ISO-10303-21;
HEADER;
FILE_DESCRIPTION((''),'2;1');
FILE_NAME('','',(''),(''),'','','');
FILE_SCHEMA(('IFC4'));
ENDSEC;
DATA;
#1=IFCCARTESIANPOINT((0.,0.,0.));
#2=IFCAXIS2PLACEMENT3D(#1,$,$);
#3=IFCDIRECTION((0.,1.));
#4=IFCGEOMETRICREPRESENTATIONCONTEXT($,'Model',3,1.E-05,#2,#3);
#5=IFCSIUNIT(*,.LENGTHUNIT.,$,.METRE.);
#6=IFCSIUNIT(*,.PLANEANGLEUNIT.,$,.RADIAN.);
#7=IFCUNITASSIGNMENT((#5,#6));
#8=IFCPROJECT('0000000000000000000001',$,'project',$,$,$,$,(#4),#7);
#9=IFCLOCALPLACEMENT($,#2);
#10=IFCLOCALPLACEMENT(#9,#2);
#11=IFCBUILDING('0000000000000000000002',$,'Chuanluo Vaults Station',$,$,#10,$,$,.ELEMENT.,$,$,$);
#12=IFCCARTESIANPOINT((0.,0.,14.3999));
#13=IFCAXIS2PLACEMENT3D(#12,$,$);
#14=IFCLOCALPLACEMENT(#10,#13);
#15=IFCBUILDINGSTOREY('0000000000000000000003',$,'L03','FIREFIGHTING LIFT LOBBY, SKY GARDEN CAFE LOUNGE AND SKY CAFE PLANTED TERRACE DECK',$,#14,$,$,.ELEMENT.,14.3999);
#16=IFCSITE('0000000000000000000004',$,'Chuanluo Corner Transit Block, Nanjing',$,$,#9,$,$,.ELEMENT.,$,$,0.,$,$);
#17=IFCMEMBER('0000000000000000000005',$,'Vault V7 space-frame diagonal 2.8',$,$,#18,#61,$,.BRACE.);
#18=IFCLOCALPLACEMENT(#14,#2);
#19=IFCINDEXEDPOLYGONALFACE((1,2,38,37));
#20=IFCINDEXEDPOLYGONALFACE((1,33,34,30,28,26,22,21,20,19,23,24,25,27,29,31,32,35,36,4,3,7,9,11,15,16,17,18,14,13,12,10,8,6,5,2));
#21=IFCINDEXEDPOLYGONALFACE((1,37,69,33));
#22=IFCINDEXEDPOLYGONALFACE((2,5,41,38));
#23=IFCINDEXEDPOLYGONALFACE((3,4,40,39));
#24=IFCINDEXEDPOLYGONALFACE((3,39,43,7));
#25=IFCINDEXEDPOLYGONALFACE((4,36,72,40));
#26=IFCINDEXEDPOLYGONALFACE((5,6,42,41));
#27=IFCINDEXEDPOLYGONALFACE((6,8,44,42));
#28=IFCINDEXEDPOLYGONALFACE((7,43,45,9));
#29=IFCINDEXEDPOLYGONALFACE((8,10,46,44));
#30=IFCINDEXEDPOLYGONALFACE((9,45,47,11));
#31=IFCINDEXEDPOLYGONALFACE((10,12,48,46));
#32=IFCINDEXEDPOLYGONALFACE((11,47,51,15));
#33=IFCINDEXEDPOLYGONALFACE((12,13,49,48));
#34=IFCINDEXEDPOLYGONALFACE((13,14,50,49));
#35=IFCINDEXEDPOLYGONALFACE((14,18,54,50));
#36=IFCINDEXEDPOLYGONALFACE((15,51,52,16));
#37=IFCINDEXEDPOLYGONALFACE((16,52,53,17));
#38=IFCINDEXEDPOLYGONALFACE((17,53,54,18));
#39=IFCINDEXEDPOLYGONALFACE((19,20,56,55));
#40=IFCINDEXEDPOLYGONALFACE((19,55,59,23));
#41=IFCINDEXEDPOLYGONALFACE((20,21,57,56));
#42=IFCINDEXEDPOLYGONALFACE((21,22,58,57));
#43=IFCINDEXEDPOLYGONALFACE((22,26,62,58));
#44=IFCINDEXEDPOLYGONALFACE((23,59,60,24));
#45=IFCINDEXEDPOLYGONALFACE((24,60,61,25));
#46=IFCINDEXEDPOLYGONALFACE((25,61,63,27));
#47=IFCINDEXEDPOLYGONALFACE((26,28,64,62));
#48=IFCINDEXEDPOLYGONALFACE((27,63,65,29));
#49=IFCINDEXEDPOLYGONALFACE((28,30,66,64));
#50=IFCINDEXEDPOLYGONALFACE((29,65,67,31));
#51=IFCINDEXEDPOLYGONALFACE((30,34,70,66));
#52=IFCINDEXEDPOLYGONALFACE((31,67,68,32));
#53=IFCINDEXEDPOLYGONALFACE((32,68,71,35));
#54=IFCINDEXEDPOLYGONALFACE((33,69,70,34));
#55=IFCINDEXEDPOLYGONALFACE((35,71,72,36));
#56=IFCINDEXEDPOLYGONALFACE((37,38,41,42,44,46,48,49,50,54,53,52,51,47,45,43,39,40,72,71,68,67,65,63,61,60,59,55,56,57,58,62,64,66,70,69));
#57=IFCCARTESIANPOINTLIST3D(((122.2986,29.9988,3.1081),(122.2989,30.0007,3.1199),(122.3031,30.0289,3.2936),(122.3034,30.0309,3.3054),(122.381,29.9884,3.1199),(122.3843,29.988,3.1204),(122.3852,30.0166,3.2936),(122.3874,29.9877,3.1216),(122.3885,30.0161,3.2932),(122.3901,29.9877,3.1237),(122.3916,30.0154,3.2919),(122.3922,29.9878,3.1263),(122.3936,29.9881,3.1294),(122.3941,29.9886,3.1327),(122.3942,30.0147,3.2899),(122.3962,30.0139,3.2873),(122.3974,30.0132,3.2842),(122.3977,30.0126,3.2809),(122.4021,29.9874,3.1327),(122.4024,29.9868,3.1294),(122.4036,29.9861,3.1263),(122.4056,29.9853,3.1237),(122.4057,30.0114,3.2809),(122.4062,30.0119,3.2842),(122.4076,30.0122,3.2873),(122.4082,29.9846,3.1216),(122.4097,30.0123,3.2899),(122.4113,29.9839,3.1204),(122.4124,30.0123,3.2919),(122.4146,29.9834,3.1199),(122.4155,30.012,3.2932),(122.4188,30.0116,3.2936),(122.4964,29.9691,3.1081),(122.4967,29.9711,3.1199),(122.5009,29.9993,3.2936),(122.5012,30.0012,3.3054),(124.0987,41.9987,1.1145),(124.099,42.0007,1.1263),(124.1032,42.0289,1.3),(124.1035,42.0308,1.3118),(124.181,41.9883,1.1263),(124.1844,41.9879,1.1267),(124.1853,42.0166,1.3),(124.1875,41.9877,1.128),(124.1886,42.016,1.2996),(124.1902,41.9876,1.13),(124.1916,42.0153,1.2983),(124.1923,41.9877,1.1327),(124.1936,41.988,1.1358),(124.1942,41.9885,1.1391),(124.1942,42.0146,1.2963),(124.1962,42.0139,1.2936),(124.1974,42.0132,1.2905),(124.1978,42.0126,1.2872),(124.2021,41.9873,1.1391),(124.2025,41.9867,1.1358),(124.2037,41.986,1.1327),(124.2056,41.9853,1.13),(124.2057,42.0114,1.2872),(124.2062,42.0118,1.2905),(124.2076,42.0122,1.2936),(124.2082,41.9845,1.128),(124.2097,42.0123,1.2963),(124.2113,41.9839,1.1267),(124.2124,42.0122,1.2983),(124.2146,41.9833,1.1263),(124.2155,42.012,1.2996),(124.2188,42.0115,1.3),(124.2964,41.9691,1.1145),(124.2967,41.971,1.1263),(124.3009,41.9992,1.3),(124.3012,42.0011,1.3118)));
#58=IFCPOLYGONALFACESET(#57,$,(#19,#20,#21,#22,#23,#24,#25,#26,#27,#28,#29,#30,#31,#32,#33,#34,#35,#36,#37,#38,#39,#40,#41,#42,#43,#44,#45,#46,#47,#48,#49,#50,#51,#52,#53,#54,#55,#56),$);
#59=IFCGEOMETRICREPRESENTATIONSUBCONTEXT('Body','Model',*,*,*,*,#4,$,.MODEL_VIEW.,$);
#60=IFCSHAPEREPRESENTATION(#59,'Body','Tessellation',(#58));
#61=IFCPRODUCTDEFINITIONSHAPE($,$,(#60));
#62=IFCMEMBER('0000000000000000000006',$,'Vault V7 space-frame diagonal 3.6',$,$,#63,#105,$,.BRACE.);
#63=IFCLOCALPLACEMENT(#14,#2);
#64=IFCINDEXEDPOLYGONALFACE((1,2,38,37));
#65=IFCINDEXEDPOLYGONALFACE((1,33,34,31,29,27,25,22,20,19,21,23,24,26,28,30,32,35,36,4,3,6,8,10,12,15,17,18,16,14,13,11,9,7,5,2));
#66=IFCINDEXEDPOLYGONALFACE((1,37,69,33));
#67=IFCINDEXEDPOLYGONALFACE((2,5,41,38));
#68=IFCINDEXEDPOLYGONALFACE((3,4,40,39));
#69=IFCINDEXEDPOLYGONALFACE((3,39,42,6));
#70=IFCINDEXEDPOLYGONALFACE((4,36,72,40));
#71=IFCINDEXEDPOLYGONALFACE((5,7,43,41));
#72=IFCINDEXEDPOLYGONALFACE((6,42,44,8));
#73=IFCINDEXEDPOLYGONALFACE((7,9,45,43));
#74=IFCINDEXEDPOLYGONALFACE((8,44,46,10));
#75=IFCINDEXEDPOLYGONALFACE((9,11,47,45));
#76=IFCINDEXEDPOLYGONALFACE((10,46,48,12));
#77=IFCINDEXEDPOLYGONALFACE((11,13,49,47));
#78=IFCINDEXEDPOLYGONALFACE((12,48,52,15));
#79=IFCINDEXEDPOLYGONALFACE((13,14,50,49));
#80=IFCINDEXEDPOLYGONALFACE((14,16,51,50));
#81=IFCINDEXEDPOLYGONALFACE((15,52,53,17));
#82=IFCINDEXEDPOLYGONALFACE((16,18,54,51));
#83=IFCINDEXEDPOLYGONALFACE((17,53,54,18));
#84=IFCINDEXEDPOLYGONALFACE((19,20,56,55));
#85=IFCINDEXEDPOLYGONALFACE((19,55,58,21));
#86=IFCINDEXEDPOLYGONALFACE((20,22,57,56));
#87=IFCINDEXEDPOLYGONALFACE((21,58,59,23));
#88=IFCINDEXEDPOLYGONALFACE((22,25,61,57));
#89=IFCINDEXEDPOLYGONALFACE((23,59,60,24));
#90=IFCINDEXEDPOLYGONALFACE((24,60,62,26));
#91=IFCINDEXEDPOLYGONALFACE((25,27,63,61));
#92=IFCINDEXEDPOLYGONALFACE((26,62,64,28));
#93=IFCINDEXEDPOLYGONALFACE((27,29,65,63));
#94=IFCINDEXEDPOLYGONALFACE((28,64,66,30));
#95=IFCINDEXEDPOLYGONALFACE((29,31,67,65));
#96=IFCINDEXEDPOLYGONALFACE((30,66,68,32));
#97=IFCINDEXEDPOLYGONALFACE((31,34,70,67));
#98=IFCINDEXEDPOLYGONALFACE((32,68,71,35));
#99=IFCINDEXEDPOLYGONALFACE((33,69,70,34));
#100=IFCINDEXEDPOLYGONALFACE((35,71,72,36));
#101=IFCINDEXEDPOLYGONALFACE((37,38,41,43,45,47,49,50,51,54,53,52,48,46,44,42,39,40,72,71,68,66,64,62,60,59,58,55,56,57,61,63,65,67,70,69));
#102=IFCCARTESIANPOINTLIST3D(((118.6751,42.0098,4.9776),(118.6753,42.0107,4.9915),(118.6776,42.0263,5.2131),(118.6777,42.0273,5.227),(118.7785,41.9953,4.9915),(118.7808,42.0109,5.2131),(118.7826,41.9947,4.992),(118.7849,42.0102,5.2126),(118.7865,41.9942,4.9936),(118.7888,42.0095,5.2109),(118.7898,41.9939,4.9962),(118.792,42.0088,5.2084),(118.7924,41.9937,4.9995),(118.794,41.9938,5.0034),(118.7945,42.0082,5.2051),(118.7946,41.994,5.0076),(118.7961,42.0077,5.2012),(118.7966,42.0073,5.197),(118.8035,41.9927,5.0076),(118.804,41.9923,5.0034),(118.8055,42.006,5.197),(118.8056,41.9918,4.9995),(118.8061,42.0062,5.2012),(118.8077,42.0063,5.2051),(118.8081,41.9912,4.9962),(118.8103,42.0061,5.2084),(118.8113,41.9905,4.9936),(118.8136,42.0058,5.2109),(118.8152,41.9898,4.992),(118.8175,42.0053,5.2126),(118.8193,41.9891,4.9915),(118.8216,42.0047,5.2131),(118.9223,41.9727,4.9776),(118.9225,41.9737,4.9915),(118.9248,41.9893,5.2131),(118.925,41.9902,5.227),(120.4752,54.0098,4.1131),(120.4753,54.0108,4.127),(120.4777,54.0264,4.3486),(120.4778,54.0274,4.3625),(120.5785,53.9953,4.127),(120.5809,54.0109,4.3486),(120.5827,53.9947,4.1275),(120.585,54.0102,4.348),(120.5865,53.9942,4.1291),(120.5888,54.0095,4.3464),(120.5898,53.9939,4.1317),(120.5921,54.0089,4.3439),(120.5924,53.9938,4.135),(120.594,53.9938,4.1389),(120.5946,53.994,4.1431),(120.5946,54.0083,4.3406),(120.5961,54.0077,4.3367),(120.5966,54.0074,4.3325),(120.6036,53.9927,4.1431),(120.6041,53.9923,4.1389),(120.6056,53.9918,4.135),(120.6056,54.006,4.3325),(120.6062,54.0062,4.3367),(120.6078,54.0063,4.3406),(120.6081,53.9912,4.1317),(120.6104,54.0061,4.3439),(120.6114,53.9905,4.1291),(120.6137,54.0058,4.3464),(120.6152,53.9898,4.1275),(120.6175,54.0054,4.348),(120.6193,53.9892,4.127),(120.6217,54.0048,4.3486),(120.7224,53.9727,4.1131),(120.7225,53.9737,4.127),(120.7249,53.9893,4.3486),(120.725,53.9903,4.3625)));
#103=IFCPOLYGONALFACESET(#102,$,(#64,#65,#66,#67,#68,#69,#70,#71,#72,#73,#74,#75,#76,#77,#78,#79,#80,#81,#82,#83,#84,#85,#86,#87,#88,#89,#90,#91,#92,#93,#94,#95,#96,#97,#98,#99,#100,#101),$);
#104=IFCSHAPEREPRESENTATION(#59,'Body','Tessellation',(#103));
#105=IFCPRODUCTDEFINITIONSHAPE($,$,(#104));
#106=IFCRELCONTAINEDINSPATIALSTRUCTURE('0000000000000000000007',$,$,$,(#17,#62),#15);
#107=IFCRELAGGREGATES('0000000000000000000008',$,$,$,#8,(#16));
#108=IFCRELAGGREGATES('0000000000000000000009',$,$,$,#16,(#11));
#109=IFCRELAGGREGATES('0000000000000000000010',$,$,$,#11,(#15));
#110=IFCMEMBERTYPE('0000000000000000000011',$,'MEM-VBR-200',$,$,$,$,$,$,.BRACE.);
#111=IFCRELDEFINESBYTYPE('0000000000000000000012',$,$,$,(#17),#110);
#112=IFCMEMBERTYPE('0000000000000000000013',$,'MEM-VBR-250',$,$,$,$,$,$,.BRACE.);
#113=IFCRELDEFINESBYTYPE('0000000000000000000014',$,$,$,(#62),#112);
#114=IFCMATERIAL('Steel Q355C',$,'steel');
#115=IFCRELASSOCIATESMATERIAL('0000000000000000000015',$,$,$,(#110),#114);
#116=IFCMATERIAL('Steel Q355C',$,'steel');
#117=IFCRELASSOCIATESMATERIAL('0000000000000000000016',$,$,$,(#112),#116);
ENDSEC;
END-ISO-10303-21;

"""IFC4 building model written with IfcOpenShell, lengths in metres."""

from ifc_helpers import new_model, si_unit, direction, frame, origin, origin_2d, place, context, subcontext, project, spatial, i_section, extrude, material, material_profile, profile_set, type_object, element, save


model = new_model("IFC4")

# Units and contexts
model_context = context("Model", 3, precision=1e-05, world=origin(), true_north=direction((0.0, 1.0)))
body_context = subcontext(model_context, "Body", "Model", "MODEL_VIEW")
ifc_project = project(units=[si_unit("LENGTHUNIT", "METRE"), si_unit("PLANEANGLEUNIT", "RADIAN")], contexts=[model_context])

# Site, building, storey
site_placement = place(None, origin())
site = spatial("IfcSite", under=ifc_project, at=site_placement, Name="Chuanluo Corner Transit Block, Nanjing", CompositionType="ELEMENT", RefElevation=0.0)
building_placement = place(site_placement, origin())
building = spatial("IfcBuilding", under=site, at=building_placement, Name="Chuanluo Vaults Station", CompositionType="ELEMENT")
storey_placement = place(building_placement, frame((0.0, 0.0, 14.3999)))
storey = spatial("IfcBuildingStorey", under=building, at=storey_placement, Name="L03", Description="FIREFIGHTING LIFT LOBBY, SKY GARDEN CAFE LOUNGE AND SKY CAFE PLANTED TERRACE DECK", CompositionType="ELEMENT", Elevation=14.3999)

# Members
ifc_material_1 = material(Name="Steel Q355C", Category="steel")
ifc_material_profile_1 = material_profile(ifc_material_1, i_section(OverallWidth=0.2, OverallDepth=0.2, WebThickness=0.0081, FlangeThickness=0.012, FilletRadius=0.0129, at=origin_2d()))
ifc_profile_set_1 = profile_set([ifc_material_profile_1], Name="Steel Q355C")
member_type_1 = type_object("IfcMemberType", Name="MEM-VBR-200", PredefinedType="BRACE", material=ifc_profile_set_1)
member_1_placement = place(storey_placement, frame((122.3999, 30.0, 3.2068), z_axis=(0.146382, 0.975852, -0.162126), x_axis=(-0.988936, 0.148344, 0.0)))
element("IfcMember", 1, at=member_1_placement, inside=storey, type_object=member_type_1, Name="Vault V7 space-frame diagonal 2.8", PredefinedType="BRACE", context=body_context, shape_type="SweptSolid", body=[
    extrude(i_section(OverallWidth=0.2, OverallDepth=0.2, WebThickness=0.0081, FlangeThickness=0.012, FilletRadius=0.0129, at=origin_2d()), origin(), (0.0, 0.0, 1.0), 12.2969),
])
ifc_material_2 = material(Name="Steel Q355C", Category="steel")
ifc_material_profile_2 = material_profile(ifc_material_2, i_section(OverallWidth=0.25, OverallDepth=0.25, WebThickness=0.009, FlangeThickness=0.0139, FilletRadius=0.0161, at=origin_2d()))
ifc_profile_set_2 = profile_set([ifc_material_profile_2], Name="Steel Q355C")
member_type_2 = type_object("IfcMemberType", Name="MEM-VBR-250", PredefinedType="BRACE", material=ifc_profile_set_2)
member_2_placement = place(storey_placement, frame((118.8, 42.0, 5.1023), z_axis=(0.147969, 0.986435, -0.071065), x_axis=(-0.988936, 0.148344, 0.0)))
element("IfcMember", 2, at=member_2_placement, inside=storey, type_object=member_type_2, Name="Vault V7 space-frame diagonal 3.6", PredefinedType="BRACE", context=body_context, shape_type="SweptSolid", body=[
    extrude(i_section(OverallWidth=0.25, OverallDepth=0.25, WebThickness=0.009, FlangeThickness=0.0139, FilletRadius=0.0161, at=origin_2d()), origin(), (0.0, 0.0, 1.0), 12.165),
])

save(model, "model.ifc")
